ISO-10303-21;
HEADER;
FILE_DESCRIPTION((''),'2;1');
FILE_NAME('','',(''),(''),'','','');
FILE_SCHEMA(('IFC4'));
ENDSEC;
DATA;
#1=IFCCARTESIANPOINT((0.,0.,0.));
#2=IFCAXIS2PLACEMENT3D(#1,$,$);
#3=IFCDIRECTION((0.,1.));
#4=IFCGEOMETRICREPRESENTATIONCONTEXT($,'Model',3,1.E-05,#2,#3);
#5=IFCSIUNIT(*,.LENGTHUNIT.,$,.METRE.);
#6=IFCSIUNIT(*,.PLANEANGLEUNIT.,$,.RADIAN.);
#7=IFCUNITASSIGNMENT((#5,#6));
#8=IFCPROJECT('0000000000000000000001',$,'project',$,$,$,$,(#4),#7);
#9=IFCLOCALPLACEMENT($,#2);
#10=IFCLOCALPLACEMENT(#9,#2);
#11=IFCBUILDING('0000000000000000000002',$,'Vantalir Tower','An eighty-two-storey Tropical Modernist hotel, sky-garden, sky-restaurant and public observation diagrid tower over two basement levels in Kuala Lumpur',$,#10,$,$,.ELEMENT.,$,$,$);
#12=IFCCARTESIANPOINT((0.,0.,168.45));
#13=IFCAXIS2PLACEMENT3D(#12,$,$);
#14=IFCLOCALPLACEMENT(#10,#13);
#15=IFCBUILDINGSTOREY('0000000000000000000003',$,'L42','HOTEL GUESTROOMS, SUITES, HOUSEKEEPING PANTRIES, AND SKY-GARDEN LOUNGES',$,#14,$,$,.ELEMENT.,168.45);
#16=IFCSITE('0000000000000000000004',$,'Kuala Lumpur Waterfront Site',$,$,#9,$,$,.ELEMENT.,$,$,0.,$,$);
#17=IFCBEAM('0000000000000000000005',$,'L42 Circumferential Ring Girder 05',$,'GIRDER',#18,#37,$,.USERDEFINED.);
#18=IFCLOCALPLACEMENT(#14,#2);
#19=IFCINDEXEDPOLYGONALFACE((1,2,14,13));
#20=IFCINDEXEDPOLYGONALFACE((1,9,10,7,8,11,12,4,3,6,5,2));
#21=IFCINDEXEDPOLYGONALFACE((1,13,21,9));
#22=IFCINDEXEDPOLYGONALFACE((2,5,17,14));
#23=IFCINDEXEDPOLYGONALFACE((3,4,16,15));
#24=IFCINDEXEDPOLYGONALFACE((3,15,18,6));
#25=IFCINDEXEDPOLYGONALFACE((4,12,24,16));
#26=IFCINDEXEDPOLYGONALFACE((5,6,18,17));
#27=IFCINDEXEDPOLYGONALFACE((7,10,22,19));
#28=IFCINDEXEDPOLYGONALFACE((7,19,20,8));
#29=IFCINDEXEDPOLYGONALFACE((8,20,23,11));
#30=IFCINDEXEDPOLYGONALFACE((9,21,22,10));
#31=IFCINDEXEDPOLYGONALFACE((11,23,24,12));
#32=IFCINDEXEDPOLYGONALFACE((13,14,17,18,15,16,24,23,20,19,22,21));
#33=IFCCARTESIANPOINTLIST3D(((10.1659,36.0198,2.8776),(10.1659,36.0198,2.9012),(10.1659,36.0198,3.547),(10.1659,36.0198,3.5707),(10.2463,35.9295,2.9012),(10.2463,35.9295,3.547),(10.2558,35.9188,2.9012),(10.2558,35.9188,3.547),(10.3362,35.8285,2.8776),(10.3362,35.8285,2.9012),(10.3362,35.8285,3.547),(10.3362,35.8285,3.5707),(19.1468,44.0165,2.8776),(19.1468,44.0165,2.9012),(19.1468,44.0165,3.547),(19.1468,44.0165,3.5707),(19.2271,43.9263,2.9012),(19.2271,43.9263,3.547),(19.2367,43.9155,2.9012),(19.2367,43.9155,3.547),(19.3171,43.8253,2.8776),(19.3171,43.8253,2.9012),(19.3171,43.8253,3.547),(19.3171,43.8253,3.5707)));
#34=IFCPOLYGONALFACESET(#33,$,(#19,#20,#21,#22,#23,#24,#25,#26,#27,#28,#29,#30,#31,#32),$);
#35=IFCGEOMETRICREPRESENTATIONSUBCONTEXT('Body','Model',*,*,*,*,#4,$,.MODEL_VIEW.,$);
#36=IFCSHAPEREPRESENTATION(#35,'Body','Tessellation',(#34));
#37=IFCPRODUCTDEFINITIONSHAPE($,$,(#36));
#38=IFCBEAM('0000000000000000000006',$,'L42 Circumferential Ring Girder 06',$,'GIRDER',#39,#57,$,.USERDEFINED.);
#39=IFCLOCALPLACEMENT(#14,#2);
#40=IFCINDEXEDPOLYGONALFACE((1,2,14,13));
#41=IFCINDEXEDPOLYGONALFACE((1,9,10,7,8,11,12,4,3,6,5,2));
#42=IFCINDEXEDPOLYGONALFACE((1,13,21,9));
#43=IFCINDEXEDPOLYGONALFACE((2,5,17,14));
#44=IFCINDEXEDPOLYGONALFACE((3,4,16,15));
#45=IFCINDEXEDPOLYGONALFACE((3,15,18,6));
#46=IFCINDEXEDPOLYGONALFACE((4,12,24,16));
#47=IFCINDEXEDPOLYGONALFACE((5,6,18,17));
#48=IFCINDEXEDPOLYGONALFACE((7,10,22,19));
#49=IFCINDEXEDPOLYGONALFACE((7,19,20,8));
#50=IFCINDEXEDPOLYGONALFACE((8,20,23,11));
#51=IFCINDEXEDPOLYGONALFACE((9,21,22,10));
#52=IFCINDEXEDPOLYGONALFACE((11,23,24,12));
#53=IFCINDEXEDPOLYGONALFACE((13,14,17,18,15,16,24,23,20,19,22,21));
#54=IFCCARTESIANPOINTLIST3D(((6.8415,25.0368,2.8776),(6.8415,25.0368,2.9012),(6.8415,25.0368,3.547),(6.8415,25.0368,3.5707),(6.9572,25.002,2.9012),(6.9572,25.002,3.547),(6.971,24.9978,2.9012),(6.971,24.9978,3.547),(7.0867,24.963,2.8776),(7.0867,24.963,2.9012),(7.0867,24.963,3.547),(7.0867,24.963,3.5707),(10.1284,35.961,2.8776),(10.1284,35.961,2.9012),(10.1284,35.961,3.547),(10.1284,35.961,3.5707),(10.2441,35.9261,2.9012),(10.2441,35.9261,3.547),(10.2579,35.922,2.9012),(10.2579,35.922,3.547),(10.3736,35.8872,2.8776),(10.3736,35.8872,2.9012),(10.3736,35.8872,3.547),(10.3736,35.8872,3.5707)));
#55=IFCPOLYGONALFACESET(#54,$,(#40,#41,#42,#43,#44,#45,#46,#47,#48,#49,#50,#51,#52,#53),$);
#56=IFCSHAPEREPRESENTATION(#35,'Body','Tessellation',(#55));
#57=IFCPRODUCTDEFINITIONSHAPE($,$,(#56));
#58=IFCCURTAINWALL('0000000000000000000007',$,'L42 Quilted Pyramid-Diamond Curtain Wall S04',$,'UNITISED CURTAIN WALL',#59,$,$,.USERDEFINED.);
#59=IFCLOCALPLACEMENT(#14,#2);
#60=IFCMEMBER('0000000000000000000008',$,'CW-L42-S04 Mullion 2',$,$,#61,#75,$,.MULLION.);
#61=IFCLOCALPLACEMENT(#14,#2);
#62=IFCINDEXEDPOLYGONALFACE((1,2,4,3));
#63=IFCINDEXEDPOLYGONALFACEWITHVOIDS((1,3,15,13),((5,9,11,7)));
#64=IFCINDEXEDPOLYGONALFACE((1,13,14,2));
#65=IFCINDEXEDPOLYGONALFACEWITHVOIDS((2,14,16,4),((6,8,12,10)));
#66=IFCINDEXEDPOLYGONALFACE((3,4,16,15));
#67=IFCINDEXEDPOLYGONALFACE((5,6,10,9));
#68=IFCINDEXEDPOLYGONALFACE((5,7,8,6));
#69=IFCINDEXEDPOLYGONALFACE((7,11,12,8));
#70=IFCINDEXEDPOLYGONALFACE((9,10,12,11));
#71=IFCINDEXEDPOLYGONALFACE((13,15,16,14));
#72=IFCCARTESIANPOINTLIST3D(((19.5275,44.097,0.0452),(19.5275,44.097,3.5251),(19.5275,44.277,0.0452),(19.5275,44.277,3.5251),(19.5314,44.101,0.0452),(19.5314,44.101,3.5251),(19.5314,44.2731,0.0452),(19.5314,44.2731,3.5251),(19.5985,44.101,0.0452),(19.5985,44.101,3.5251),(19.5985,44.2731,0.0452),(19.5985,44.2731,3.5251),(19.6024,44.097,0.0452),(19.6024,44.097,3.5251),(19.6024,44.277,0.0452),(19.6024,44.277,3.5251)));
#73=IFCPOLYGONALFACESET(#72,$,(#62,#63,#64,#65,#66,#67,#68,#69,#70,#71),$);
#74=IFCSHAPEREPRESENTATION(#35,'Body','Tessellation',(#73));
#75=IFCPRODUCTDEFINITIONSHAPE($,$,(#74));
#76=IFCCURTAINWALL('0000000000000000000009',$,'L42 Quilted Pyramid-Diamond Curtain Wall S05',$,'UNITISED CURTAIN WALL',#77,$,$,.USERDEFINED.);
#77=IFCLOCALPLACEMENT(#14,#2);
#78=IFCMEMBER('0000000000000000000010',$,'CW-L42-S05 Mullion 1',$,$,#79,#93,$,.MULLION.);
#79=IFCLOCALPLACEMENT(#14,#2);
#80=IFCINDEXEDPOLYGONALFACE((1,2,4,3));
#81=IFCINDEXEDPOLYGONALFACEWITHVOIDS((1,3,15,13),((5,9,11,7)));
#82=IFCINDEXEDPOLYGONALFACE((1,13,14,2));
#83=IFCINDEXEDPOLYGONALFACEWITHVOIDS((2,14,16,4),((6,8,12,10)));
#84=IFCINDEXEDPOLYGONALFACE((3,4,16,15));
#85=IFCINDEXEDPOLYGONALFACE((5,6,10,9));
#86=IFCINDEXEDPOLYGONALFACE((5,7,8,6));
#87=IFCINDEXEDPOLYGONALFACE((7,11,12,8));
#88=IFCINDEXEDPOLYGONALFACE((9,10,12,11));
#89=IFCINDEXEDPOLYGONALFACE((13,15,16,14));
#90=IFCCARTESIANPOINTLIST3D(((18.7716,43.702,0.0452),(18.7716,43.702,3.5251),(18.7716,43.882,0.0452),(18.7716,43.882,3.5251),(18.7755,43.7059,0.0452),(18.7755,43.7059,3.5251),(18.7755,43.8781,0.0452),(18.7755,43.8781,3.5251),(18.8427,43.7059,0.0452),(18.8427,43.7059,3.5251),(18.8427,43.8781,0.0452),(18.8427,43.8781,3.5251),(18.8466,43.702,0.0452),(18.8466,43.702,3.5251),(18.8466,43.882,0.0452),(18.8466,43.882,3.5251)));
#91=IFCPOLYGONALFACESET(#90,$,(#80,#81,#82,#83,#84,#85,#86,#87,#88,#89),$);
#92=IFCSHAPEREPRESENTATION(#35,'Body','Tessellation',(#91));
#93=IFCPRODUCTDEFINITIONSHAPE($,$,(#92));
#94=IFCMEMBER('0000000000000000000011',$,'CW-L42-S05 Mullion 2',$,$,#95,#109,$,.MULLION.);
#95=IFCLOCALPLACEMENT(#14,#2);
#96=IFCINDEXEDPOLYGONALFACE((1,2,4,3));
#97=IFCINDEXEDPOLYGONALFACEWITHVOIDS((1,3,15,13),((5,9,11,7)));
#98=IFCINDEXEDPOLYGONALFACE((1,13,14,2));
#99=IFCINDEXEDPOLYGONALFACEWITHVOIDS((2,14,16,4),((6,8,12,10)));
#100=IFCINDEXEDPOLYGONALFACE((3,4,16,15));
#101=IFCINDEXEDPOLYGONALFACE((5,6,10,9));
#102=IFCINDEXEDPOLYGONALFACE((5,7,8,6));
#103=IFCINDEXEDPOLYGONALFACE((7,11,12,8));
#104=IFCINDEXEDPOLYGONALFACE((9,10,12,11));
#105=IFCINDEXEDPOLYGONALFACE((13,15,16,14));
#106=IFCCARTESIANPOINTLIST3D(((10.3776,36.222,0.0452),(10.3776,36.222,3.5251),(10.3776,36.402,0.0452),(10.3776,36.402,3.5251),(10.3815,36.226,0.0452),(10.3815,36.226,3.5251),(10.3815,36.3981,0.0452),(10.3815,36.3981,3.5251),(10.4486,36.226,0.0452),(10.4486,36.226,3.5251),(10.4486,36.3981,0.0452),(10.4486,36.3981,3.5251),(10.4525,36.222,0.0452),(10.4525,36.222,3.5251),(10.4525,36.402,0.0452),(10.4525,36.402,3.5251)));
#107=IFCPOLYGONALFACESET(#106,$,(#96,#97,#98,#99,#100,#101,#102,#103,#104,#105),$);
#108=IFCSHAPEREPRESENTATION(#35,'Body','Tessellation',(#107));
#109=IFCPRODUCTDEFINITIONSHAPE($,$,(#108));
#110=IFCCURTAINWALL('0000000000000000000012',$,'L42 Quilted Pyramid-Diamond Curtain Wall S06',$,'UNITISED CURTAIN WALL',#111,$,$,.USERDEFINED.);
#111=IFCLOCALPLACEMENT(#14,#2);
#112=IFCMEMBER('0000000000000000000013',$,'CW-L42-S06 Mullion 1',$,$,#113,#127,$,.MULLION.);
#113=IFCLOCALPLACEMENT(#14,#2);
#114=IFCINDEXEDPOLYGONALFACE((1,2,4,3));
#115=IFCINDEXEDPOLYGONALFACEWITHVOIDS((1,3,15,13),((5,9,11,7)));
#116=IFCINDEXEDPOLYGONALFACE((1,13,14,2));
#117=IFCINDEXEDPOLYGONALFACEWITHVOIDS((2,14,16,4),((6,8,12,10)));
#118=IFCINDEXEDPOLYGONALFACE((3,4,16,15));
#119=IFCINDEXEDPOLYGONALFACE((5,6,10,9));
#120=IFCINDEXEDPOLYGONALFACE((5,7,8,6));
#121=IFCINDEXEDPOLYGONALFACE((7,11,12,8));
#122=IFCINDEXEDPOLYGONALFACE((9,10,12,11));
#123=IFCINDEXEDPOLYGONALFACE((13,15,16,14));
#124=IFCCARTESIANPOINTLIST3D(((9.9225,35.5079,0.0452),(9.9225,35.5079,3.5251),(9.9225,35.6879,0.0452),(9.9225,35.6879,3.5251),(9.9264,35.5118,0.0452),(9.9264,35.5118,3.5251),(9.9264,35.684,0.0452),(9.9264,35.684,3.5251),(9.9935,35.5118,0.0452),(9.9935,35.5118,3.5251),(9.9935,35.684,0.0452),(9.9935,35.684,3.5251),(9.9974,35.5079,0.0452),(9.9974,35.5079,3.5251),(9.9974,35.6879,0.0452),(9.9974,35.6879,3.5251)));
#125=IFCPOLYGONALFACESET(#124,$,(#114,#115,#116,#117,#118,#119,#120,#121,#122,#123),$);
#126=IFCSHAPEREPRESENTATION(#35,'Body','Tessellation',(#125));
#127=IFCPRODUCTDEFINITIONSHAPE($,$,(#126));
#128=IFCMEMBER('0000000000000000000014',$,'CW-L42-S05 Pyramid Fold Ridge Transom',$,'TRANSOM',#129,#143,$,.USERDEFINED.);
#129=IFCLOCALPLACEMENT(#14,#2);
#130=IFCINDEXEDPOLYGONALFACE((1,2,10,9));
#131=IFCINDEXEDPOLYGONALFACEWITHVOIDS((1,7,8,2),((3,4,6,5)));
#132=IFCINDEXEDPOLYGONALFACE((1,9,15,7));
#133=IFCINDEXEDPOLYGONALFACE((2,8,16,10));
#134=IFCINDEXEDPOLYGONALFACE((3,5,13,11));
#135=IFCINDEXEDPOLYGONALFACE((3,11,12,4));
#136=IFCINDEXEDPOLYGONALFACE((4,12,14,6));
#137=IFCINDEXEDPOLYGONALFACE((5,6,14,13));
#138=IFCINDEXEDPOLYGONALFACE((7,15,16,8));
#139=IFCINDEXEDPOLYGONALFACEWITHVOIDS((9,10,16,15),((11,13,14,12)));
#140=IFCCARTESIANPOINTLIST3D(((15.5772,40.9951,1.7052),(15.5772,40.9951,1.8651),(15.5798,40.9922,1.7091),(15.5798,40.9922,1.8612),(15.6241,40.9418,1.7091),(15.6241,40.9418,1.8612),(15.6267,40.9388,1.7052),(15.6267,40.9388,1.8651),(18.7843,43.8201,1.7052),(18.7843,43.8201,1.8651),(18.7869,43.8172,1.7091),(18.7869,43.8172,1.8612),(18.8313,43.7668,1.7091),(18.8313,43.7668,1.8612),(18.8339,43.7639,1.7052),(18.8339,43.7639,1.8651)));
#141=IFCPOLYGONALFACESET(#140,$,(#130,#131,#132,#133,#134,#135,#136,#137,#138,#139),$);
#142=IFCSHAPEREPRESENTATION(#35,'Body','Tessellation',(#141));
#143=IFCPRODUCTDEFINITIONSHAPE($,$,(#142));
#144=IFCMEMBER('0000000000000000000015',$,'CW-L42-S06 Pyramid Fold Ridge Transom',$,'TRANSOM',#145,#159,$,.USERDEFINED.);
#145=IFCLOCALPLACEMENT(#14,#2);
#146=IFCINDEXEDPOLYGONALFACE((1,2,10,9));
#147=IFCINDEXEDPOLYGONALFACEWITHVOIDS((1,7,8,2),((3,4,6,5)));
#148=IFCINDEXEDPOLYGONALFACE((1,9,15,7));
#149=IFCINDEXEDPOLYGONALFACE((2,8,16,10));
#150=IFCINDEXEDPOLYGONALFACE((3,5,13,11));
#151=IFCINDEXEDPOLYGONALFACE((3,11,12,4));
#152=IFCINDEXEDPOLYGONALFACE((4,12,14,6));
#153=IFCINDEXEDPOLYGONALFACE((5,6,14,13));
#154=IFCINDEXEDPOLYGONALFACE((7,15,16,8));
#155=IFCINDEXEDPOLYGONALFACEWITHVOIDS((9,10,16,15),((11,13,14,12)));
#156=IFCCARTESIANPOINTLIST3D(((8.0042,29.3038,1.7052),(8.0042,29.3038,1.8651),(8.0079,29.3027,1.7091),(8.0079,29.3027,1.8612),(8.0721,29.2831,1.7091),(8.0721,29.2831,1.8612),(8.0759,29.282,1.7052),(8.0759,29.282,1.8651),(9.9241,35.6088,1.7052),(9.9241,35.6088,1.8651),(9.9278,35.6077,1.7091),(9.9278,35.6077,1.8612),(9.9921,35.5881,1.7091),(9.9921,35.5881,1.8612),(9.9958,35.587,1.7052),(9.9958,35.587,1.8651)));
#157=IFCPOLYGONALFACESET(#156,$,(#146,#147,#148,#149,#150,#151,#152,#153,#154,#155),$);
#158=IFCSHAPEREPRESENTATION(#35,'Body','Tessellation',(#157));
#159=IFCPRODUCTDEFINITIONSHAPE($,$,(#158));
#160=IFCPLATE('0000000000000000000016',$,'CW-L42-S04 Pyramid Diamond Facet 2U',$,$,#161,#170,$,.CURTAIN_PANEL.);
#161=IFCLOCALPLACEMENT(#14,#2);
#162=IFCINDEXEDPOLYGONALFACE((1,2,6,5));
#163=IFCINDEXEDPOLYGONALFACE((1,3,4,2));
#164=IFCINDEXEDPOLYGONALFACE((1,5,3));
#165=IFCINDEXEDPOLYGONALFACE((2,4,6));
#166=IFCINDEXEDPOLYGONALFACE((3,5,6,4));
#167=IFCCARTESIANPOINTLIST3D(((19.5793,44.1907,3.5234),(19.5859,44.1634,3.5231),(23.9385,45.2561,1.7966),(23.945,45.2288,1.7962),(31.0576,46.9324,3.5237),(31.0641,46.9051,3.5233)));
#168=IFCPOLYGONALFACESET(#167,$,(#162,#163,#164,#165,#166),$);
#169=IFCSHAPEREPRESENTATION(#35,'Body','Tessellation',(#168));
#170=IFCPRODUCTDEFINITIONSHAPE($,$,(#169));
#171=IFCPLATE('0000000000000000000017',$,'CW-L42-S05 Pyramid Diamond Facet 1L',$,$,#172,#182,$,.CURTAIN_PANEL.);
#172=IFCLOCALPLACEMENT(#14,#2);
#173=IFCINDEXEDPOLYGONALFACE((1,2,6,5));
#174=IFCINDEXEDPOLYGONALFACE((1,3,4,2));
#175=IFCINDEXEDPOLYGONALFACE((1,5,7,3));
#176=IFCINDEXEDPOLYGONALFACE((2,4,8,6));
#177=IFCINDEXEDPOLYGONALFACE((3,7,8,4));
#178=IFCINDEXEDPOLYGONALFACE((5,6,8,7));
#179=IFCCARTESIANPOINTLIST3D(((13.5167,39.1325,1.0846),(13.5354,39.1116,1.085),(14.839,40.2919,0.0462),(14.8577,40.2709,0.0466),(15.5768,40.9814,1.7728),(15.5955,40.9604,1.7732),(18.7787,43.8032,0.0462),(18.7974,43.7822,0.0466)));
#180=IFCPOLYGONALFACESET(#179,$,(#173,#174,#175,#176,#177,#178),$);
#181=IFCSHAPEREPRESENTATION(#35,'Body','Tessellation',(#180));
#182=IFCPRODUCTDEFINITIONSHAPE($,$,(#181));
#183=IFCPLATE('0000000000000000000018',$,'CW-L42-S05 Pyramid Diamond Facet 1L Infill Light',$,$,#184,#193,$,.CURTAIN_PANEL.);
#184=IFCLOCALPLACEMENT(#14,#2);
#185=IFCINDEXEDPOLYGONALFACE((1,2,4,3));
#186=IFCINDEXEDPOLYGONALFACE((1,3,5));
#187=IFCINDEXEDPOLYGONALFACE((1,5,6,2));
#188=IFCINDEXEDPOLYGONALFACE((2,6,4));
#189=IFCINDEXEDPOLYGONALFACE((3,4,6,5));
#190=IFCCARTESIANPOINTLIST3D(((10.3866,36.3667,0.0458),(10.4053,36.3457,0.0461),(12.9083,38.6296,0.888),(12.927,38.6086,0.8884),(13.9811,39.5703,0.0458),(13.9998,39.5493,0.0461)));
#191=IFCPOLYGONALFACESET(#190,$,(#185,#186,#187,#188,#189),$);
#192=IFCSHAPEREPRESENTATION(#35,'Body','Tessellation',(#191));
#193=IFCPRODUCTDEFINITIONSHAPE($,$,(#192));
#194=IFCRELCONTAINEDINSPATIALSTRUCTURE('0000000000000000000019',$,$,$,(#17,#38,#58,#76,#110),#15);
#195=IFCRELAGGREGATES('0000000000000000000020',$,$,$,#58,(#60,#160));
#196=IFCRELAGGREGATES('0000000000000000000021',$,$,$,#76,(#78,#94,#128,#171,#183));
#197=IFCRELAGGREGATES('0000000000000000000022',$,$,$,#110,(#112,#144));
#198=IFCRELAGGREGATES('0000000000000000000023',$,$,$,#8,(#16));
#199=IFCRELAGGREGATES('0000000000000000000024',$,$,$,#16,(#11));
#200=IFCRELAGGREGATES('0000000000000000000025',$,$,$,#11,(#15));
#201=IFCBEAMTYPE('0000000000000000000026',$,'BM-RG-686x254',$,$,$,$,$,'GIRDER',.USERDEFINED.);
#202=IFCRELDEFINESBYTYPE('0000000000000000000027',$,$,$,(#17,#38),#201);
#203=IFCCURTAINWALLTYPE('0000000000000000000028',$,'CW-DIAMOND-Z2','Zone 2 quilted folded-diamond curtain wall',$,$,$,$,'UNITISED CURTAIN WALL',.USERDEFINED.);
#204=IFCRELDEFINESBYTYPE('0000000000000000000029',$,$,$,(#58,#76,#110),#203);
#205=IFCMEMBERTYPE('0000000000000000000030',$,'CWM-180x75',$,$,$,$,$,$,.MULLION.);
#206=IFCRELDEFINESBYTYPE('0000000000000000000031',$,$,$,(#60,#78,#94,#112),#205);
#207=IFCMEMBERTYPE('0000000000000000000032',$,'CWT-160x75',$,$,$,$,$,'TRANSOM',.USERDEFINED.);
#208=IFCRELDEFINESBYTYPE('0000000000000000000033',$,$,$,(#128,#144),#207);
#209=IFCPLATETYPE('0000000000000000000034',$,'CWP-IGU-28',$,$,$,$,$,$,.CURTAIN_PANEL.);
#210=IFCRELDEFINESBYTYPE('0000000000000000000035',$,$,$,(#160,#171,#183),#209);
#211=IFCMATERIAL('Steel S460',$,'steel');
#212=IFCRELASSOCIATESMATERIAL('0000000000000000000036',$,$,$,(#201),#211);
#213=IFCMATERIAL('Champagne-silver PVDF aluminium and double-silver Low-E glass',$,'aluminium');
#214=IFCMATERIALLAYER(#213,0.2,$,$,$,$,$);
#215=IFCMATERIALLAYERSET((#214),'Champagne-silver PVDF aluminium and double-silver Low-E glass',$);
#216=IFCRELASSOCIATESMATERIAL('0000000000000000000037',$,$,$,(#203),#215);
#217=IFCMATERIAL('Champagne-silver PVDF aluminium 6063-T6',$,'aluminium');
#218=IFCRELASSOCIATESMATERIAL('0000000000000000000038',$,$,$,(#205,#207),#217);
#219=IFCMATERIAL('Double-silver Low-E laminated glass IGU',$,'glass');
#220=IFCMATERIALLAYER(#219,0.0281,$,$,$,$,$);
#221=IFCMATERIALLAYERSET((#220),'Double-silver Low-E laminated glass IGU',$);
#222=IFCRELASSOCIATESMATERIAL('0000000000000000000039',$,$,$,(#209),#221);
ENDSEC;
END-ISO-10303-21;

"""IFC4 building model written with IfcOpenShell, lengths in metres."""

from ifc_helpers import new_model, si_unit, direction, frame, origin, origin_2d, place, context, subcontext, project, spatial, polyline, hollow_rectangle, i_section, outline, extrude, material, layer, layer_set, material_profile, profile_set, type_object, element, aggregate, save


model = new_model("IFC4")

# Units and contexts
model_context = context("Model", 3, precision=1e-05, world=origin(), true_north=direction((0.0, 1.0)))
body_context = subcontext(model_context, "Body", "Model", "MODEL_VIEW")
ifc_project = project(units=[si_unit("LENGTHUNIT", "METRE"), si_unit("PLANEANGLEUNIT", "RADIAN")], contexts=[model_context])

# Site, building, storey
site_placement = place(None, origin())
site = spatial("IfcSite", under=ifc_project, at=site_placement, Name="Kuala Lumpur Waterfront Site", CompositionType="ELEMENT", RefElevation=0.0)
building_placement = place(site_placement, origin())
building = spatial("IfcBuilding", under=site, at=building_placement, Name="Vantalir Tower", Description="An eighty-two-storey Tropical Modernist hotel, sky-garden, sky-restaurant and public observation diagrid tower over two basement levels in Kuala Lumpur", CompositionType="ELEMENT")
storey_placement = place(building_placement, frame((0.0, 0.0, 168.45)))
storey = spatial("IfcBuildingStorey", under=building, at=storey_placement, Name="L42", Description="HOTEL GUESTROOMS, SUITES, HOUSEKEEPING PANTRIES, AND SKY-GARDEN LOUNGES", CompositionType="ELEMENT", Elevation=168.45)

# Shared definitions
ifc_material_1 = material(Name="Steel S460", Category="steel")

# Beams
ifc_material_profile_1 = material_profile(ifc_material_1, i_section(OverallWidth=0.2561, OverallDepth=0.6931, WebThickness=0.0144, FlangeThickness=0.0237, at=origin_2d()), Name="Steel S460")
ifc_profile_set_1 = profile_set([ifc_material_profile_1], Name="Steel S460")
beam_type_1 = type_object("IfcBeamType", Name="BM-RG-686x254", ElementType="GIRDER", PredefinedType="USERDEFINED", material=ifc_profile_set_1)
beam_1_placement = place(storey_placement, frame((19.2319, 43.9209, 3.2241), z_axis=(-0.746841, -0.665002, 0.0), x_axis=(0.665002, -0.746841, 0.0)))
element("IfcBeam", 1, at=beam_1_placement, inside=storey, type_object=beam_type_1, Name="L42 Circumferential Ring Girder 05", ObjectType="GIRDER", PredefinedType="USERDEFINED", context=body_context, shape_type="SweptSolid", body=[
    extrude(i_section(OverallWidth=0.2561, OverallDepth=0.6931, WebThickness=0.0144, FlangeThickness=0.0237, at=origin_2d()), origin(), (0.0, 0.0, 1.0), 12.0251),
])
beam_2_placement = place(storey_placement, frame((10.251, 35.9241, 3.2241), z_axis=(-0.288123, -0.957593, 0.0), x_axis=(0.957593, -0.288123, 0.0)))
element("IfcBeam", 2, at=beam_2_placement, inside=storey, type_object=beam_type_1, Name="L42 Circumferential Ring Girder 06", ObjectType="GIRDER", PredefinedType="USERDEFINED", context=body_context, shape_type="SweptSolid", body=[
    extrude(i_section(OverallWidth=0.2561, OverallDepth=0.6931, WebThickness=0.0144, FlangeThickness=0.0237, at=origin_2d()), origin(), (0.0, 0.0, 1.0), 11.408),
])

# Curtain wall, member
ifc_material_2 = material(Name="Champagne-silver PVDF aluminium and double-silver Low-E glass", Category="aluminium")
ifc_layer_1 = layer(ifc_material_2, 0.2)
ifc_layer_set_1 = layer_set([ifc_layer_1], Name="Champagne-silver PVDF aluminium and double-silver Low-E glass")
curtain_wall_type = type_object("IfcCurtainWallType", Name="CW-DIAMOND-Z2", Description="Zone 2 quilted folded-diamond curtain wall", ElementType="UNITISED CURTAIN WALL", PredefinedType="USERDEFINED", material=ifc_layer_set_1)
curtain_wall_1_placement = place(storey_placement, origin())
curtain_wall_1 = element("IfcCurtainWall", 3, at=curtain_wall_1_placement, inside=storey, type_object=curtain_wall_type, Name="L42 Quilted Pyramid-Diamond Curtain Wall S04", ObjectType="UNITISED CURTAIN WALL", PredefinedType="USERDEFINED")
ifc_material_3 = material(Name="Champagne-silver PVDF aluminium 6063-T6", Category="aluminium")
ifc_material_profile_2 = material_profile(ifc_material_3, hollow_rectangle(XDim=0.075, YDim=0.1799, WallThickness=0.0039, at=origin_2d()), Name="Champagne-silver PVDF aluminium 6063-T6")
ifc_profile_set_2 = profile_set([ifc_material_profile_2], Name="Champagne-silver PVDF aluminium 6063-T6")
member_type_1 = type_object("IfcMemberType", Name="CWM-180x75", PredefinedType="MULLION", material=ifc_profile_set_2)
member_1_placement = place(storey_placement, frame((19.5649, 44.187, 0.0452), z_axis=(0.0, 0.0, 1.0), x_axis=(1.0, 0.0, 0.0)))
member_1 = element("IfcMember", 4, at=member_1_placement, type_object=member_type_1, Name="CW-L42-S04 Mullion 2", PredefinedType="MULLION", context=body_context, shape_type="SweptSolid", body=[
    extrude(hollow_rectangle(XDim=0.075, YDim=0.1799, WallThickness=0.0039, at=origin_2d()), origin(), (0.0, 0.0, 1.0), 3.48),
])

# Curtain wall, members
curtain_wall_2_placement = place(storey_placement, origin())
curtain_wall_2 = element("IfcCurtainWall", 5, at=curtain_wall_2_placement, inside=storey, type_object=curtain_wall_type, Name="L42 Quilted Pyramid-Diamond Curtain Wall S05", ObjectType="UNITISED CURTAIN WALL", PredefinedType="USERDEFINED")
member_2_placement = place(storey_placement, frame((18.8091, 43.792, 0.0452), z_axis=(0.0, 0.0, 1.0), x_axis=(1.0, 0.0, 0.0)))
member_2 = element("IfcMember", 6, at=member_2_placement, type_object=member_type_1, Name="CW-L42-S05 Mullion 1", PredefinedType="MULLION", context=body_context, shape_type="SweptSolid", body=[
    extrude(hollow_rectangle(XDim=0.075, YDim=0.1799, WallThickness=0.0039, at=origin_2d()), origin(), (0.0, 0.0, 1.0), 3.48),
])
member_3_placement = place(storey_placement, frame((10.415, 36.312, 0.0452), z_axis=(0.0, 0.0, 1.0), x_axis=(1.0, 0.0, 0.0)))
member_3 = element("IfcMember", 7, at=member_3_placement, type_object=member_type_1, Name="CW-L42-S05 Mullion 2", PredefinedType="MULLION", context=body_context, shape_type="SweptSolid", body=[
    extrude(hollow_rectangle(XDim=0.075, YDim=0.1799, WallThickness=0.0039, at=origin_2d()), origin(), (0.0, 0.0, 1.0), 3.48),
])

# Curtain wall, member
curtain_wall_3_placement = place(storey_placement, origin())
curtain_wall_3 = element("IfcCurtainWall", 8, at=curtain_wall_3_placement, inside=storey, type_object=curtain_wall_type, Name="L42 Quilted Pyramid-Diamond Curtain Wall S06", ObjectType="UNITISED CURTAIN WALL", PredefinedType="USERDEFINED")
member_4_placement = place(storey_placement, frame((9.96, 35.5979, 0.0452), z_axis=(0.0, 0.0, 1.0), x_axis=(1.0, 0.0, 0.0)))
member_4 = element("IfcMember", 9, at=member_4_placement, type_object=member_type_1, Name="CW-L42-S06 Mullion 1", PredefinedType="MULLION", context=body_context, shape_type="SweptSolid", body=[
    extrude(hollow_rectangle(XDim=0.075, YDim=0.1799, WallThickness=0.0039, at=origin_2d()), origin(), (0.0, 0.0, 1.0), 3.48),
])

# Members
ifc_material_profile_3 = material_profile(ifc_material_3, hollow_rectangle(XDim=0.075, YDim=0.1599, WallThickness=0.0039, at=origin_2d()), Name="Champagne-silver PVDF aluminium 6063-T6")
ifc_profile_set_3 = profile_set([ifc_material_profile_3], Name="Champagne-silver PVDF aluminium 6063-T6")
member_type_2 = type_object("IfcMemberType", Name="CWT-160x75", ElementType="TRANSOM", PredefinedType="USERDEFINED", material=ifc_profile_set_3)
member_5_placement = place(storey_placement, frame((18.8091, 43.792, 1.7852), z_axis=(-0.750393, -0.660992, 0.0), x_axis=(0.660992, -0.750393, 0.0)))
member_5 = element("IfcMember", 10, at=member_5_placement, type_object=member_type_2, Name="CW-L42-S05 Pyramid Fold Ridge Transom", ObjectType="TRANSOM", PredefinedType="USERDEFINED", context=body_context, shape_type="SweptSolid", body=[
    extrude(hollow_rectangle(XDim=0.075, YDim=0.1599, WallThickness=0.0039, at=origin_2d()), origin(), (0.0, 0.0, 1.0), 4.2739),
])
member_6_placement = place(storey_placement, frame((9.96, 35.5979, 1.7852), z_axis=(-0.291305, -0.95663, 0.0), x_axis=(0.95663, -0.291305, 0.0)))
member_6 = element("IfcMember", 11, at=member_6_placement, type_object=member_type_2, Name="CW-L42-S06 Pyramid Fold Ridge Transom", ObjectType="TRANSOM", PredefinedType="USERDEFINED", context=body_context, shape_type="SweptSolid", body=[
    extrude(hollow_rectangle(XDim=0.075, YDim=0.1599, WallThickness=0.0039, at=origin_2d()), origin(), (0.0, 0.0, 1.0), 6.5908),
])

# Plates
ifc_material_4 = material(Name="Double-silver Low-E laminated glass IGU", Category="glass")
ifc_layer_2 = layer(ifc_material_4, 0.0281)
ifc_layer_set_2 = layer_set([ifc_layer_2], Name="Double-silver Low-E laminated glass IGU")
plate_type_1 = type_object("IfcPlateType", Name="CWP-IGU-28", PredefinedType="CURTAIN_PANEL", material=ifc_layer_set_2)
plate_1_placement = place(storey_placement, frame((19.5793, 44.1907, 3.5234), z_axis=(-0.232303, 0.972548, 0.013633), x_axis=(0.972638, 0.232324, 0.000021)))
plate_1 = element("IfcPlate", 12, at=plate_1_placement, type_object=plate_type_1, Name="CW-L42-S04 Pyramid Diamond Facet 2U", PredefinedType="CURTAIN_PANEL", context=body_context, shape_type="SweptSolid", body=[
    extrude(outline(polyline([(0.0, 0.0), (11.8012, 0.0), (4.4873, 1.7271), (0.0, 0.0)])), origin(), (0.0, 0.0, -1.0), 0.0281),
])
aggregate(curtain_wall_1, [member_1, plate_1])
plate_2_placement = place(storey_placement, frame((18.7974, 43.7822, 0.0466), z_axis=(0.665293, -0.746455, 0.013783), x_axis=(-0.746526, -0.665356, 0.0)))
plate_2 = element("IfcPlate", 13, at=plate_2_placement, type_object=plate_type_1, Name="CW-L42-S05 Pyramid Diamond Facet 1L", PredefinedType="CURTAIN_PANEL", context=body_context, shape_type="SweptSolid", body=[
    extrude(outline(polyline([(0.0, 0.0), (5.2773, 0.0), (7.0358, -1.0384), (4.2678, -1.7267), (0.0, 0.0)])), origin(), (0.0, 0.0, -1.0), 0.0281),
])
plate_3_placement = place(storey_placement, frame((13.9998, 39.5493, 0.0461), z_axis=(0.665289, -0.74646, 0.013672), x_axis=(-0.74653, -0.665351, 0.0)))
plate_3 = element("IfcPlate", 14, at=plate_3_placement, type_object=plate_type_1, Name="CW-L42-S05 Pyramid Diamond Facet 1L Infill Light", PredefinedType="CURTAIN_PANEL", context=body_context, shape_type="SweptSolid", body=[
    extrude(outline(polyline([(0.0, 0.0), (4.8149, 0.0), (1.4267, -0.8424), (0.0, 0.0)])), origin(), (0.0, 0.0, -1.0), 0.0281),
])
aggregate(curtain_wall_2, [member_2, member_3, member_5, plate_2, plate_3])
aggregate(curtain_wall_3, [member_4, member_6])

save(model, "model.ifc")
